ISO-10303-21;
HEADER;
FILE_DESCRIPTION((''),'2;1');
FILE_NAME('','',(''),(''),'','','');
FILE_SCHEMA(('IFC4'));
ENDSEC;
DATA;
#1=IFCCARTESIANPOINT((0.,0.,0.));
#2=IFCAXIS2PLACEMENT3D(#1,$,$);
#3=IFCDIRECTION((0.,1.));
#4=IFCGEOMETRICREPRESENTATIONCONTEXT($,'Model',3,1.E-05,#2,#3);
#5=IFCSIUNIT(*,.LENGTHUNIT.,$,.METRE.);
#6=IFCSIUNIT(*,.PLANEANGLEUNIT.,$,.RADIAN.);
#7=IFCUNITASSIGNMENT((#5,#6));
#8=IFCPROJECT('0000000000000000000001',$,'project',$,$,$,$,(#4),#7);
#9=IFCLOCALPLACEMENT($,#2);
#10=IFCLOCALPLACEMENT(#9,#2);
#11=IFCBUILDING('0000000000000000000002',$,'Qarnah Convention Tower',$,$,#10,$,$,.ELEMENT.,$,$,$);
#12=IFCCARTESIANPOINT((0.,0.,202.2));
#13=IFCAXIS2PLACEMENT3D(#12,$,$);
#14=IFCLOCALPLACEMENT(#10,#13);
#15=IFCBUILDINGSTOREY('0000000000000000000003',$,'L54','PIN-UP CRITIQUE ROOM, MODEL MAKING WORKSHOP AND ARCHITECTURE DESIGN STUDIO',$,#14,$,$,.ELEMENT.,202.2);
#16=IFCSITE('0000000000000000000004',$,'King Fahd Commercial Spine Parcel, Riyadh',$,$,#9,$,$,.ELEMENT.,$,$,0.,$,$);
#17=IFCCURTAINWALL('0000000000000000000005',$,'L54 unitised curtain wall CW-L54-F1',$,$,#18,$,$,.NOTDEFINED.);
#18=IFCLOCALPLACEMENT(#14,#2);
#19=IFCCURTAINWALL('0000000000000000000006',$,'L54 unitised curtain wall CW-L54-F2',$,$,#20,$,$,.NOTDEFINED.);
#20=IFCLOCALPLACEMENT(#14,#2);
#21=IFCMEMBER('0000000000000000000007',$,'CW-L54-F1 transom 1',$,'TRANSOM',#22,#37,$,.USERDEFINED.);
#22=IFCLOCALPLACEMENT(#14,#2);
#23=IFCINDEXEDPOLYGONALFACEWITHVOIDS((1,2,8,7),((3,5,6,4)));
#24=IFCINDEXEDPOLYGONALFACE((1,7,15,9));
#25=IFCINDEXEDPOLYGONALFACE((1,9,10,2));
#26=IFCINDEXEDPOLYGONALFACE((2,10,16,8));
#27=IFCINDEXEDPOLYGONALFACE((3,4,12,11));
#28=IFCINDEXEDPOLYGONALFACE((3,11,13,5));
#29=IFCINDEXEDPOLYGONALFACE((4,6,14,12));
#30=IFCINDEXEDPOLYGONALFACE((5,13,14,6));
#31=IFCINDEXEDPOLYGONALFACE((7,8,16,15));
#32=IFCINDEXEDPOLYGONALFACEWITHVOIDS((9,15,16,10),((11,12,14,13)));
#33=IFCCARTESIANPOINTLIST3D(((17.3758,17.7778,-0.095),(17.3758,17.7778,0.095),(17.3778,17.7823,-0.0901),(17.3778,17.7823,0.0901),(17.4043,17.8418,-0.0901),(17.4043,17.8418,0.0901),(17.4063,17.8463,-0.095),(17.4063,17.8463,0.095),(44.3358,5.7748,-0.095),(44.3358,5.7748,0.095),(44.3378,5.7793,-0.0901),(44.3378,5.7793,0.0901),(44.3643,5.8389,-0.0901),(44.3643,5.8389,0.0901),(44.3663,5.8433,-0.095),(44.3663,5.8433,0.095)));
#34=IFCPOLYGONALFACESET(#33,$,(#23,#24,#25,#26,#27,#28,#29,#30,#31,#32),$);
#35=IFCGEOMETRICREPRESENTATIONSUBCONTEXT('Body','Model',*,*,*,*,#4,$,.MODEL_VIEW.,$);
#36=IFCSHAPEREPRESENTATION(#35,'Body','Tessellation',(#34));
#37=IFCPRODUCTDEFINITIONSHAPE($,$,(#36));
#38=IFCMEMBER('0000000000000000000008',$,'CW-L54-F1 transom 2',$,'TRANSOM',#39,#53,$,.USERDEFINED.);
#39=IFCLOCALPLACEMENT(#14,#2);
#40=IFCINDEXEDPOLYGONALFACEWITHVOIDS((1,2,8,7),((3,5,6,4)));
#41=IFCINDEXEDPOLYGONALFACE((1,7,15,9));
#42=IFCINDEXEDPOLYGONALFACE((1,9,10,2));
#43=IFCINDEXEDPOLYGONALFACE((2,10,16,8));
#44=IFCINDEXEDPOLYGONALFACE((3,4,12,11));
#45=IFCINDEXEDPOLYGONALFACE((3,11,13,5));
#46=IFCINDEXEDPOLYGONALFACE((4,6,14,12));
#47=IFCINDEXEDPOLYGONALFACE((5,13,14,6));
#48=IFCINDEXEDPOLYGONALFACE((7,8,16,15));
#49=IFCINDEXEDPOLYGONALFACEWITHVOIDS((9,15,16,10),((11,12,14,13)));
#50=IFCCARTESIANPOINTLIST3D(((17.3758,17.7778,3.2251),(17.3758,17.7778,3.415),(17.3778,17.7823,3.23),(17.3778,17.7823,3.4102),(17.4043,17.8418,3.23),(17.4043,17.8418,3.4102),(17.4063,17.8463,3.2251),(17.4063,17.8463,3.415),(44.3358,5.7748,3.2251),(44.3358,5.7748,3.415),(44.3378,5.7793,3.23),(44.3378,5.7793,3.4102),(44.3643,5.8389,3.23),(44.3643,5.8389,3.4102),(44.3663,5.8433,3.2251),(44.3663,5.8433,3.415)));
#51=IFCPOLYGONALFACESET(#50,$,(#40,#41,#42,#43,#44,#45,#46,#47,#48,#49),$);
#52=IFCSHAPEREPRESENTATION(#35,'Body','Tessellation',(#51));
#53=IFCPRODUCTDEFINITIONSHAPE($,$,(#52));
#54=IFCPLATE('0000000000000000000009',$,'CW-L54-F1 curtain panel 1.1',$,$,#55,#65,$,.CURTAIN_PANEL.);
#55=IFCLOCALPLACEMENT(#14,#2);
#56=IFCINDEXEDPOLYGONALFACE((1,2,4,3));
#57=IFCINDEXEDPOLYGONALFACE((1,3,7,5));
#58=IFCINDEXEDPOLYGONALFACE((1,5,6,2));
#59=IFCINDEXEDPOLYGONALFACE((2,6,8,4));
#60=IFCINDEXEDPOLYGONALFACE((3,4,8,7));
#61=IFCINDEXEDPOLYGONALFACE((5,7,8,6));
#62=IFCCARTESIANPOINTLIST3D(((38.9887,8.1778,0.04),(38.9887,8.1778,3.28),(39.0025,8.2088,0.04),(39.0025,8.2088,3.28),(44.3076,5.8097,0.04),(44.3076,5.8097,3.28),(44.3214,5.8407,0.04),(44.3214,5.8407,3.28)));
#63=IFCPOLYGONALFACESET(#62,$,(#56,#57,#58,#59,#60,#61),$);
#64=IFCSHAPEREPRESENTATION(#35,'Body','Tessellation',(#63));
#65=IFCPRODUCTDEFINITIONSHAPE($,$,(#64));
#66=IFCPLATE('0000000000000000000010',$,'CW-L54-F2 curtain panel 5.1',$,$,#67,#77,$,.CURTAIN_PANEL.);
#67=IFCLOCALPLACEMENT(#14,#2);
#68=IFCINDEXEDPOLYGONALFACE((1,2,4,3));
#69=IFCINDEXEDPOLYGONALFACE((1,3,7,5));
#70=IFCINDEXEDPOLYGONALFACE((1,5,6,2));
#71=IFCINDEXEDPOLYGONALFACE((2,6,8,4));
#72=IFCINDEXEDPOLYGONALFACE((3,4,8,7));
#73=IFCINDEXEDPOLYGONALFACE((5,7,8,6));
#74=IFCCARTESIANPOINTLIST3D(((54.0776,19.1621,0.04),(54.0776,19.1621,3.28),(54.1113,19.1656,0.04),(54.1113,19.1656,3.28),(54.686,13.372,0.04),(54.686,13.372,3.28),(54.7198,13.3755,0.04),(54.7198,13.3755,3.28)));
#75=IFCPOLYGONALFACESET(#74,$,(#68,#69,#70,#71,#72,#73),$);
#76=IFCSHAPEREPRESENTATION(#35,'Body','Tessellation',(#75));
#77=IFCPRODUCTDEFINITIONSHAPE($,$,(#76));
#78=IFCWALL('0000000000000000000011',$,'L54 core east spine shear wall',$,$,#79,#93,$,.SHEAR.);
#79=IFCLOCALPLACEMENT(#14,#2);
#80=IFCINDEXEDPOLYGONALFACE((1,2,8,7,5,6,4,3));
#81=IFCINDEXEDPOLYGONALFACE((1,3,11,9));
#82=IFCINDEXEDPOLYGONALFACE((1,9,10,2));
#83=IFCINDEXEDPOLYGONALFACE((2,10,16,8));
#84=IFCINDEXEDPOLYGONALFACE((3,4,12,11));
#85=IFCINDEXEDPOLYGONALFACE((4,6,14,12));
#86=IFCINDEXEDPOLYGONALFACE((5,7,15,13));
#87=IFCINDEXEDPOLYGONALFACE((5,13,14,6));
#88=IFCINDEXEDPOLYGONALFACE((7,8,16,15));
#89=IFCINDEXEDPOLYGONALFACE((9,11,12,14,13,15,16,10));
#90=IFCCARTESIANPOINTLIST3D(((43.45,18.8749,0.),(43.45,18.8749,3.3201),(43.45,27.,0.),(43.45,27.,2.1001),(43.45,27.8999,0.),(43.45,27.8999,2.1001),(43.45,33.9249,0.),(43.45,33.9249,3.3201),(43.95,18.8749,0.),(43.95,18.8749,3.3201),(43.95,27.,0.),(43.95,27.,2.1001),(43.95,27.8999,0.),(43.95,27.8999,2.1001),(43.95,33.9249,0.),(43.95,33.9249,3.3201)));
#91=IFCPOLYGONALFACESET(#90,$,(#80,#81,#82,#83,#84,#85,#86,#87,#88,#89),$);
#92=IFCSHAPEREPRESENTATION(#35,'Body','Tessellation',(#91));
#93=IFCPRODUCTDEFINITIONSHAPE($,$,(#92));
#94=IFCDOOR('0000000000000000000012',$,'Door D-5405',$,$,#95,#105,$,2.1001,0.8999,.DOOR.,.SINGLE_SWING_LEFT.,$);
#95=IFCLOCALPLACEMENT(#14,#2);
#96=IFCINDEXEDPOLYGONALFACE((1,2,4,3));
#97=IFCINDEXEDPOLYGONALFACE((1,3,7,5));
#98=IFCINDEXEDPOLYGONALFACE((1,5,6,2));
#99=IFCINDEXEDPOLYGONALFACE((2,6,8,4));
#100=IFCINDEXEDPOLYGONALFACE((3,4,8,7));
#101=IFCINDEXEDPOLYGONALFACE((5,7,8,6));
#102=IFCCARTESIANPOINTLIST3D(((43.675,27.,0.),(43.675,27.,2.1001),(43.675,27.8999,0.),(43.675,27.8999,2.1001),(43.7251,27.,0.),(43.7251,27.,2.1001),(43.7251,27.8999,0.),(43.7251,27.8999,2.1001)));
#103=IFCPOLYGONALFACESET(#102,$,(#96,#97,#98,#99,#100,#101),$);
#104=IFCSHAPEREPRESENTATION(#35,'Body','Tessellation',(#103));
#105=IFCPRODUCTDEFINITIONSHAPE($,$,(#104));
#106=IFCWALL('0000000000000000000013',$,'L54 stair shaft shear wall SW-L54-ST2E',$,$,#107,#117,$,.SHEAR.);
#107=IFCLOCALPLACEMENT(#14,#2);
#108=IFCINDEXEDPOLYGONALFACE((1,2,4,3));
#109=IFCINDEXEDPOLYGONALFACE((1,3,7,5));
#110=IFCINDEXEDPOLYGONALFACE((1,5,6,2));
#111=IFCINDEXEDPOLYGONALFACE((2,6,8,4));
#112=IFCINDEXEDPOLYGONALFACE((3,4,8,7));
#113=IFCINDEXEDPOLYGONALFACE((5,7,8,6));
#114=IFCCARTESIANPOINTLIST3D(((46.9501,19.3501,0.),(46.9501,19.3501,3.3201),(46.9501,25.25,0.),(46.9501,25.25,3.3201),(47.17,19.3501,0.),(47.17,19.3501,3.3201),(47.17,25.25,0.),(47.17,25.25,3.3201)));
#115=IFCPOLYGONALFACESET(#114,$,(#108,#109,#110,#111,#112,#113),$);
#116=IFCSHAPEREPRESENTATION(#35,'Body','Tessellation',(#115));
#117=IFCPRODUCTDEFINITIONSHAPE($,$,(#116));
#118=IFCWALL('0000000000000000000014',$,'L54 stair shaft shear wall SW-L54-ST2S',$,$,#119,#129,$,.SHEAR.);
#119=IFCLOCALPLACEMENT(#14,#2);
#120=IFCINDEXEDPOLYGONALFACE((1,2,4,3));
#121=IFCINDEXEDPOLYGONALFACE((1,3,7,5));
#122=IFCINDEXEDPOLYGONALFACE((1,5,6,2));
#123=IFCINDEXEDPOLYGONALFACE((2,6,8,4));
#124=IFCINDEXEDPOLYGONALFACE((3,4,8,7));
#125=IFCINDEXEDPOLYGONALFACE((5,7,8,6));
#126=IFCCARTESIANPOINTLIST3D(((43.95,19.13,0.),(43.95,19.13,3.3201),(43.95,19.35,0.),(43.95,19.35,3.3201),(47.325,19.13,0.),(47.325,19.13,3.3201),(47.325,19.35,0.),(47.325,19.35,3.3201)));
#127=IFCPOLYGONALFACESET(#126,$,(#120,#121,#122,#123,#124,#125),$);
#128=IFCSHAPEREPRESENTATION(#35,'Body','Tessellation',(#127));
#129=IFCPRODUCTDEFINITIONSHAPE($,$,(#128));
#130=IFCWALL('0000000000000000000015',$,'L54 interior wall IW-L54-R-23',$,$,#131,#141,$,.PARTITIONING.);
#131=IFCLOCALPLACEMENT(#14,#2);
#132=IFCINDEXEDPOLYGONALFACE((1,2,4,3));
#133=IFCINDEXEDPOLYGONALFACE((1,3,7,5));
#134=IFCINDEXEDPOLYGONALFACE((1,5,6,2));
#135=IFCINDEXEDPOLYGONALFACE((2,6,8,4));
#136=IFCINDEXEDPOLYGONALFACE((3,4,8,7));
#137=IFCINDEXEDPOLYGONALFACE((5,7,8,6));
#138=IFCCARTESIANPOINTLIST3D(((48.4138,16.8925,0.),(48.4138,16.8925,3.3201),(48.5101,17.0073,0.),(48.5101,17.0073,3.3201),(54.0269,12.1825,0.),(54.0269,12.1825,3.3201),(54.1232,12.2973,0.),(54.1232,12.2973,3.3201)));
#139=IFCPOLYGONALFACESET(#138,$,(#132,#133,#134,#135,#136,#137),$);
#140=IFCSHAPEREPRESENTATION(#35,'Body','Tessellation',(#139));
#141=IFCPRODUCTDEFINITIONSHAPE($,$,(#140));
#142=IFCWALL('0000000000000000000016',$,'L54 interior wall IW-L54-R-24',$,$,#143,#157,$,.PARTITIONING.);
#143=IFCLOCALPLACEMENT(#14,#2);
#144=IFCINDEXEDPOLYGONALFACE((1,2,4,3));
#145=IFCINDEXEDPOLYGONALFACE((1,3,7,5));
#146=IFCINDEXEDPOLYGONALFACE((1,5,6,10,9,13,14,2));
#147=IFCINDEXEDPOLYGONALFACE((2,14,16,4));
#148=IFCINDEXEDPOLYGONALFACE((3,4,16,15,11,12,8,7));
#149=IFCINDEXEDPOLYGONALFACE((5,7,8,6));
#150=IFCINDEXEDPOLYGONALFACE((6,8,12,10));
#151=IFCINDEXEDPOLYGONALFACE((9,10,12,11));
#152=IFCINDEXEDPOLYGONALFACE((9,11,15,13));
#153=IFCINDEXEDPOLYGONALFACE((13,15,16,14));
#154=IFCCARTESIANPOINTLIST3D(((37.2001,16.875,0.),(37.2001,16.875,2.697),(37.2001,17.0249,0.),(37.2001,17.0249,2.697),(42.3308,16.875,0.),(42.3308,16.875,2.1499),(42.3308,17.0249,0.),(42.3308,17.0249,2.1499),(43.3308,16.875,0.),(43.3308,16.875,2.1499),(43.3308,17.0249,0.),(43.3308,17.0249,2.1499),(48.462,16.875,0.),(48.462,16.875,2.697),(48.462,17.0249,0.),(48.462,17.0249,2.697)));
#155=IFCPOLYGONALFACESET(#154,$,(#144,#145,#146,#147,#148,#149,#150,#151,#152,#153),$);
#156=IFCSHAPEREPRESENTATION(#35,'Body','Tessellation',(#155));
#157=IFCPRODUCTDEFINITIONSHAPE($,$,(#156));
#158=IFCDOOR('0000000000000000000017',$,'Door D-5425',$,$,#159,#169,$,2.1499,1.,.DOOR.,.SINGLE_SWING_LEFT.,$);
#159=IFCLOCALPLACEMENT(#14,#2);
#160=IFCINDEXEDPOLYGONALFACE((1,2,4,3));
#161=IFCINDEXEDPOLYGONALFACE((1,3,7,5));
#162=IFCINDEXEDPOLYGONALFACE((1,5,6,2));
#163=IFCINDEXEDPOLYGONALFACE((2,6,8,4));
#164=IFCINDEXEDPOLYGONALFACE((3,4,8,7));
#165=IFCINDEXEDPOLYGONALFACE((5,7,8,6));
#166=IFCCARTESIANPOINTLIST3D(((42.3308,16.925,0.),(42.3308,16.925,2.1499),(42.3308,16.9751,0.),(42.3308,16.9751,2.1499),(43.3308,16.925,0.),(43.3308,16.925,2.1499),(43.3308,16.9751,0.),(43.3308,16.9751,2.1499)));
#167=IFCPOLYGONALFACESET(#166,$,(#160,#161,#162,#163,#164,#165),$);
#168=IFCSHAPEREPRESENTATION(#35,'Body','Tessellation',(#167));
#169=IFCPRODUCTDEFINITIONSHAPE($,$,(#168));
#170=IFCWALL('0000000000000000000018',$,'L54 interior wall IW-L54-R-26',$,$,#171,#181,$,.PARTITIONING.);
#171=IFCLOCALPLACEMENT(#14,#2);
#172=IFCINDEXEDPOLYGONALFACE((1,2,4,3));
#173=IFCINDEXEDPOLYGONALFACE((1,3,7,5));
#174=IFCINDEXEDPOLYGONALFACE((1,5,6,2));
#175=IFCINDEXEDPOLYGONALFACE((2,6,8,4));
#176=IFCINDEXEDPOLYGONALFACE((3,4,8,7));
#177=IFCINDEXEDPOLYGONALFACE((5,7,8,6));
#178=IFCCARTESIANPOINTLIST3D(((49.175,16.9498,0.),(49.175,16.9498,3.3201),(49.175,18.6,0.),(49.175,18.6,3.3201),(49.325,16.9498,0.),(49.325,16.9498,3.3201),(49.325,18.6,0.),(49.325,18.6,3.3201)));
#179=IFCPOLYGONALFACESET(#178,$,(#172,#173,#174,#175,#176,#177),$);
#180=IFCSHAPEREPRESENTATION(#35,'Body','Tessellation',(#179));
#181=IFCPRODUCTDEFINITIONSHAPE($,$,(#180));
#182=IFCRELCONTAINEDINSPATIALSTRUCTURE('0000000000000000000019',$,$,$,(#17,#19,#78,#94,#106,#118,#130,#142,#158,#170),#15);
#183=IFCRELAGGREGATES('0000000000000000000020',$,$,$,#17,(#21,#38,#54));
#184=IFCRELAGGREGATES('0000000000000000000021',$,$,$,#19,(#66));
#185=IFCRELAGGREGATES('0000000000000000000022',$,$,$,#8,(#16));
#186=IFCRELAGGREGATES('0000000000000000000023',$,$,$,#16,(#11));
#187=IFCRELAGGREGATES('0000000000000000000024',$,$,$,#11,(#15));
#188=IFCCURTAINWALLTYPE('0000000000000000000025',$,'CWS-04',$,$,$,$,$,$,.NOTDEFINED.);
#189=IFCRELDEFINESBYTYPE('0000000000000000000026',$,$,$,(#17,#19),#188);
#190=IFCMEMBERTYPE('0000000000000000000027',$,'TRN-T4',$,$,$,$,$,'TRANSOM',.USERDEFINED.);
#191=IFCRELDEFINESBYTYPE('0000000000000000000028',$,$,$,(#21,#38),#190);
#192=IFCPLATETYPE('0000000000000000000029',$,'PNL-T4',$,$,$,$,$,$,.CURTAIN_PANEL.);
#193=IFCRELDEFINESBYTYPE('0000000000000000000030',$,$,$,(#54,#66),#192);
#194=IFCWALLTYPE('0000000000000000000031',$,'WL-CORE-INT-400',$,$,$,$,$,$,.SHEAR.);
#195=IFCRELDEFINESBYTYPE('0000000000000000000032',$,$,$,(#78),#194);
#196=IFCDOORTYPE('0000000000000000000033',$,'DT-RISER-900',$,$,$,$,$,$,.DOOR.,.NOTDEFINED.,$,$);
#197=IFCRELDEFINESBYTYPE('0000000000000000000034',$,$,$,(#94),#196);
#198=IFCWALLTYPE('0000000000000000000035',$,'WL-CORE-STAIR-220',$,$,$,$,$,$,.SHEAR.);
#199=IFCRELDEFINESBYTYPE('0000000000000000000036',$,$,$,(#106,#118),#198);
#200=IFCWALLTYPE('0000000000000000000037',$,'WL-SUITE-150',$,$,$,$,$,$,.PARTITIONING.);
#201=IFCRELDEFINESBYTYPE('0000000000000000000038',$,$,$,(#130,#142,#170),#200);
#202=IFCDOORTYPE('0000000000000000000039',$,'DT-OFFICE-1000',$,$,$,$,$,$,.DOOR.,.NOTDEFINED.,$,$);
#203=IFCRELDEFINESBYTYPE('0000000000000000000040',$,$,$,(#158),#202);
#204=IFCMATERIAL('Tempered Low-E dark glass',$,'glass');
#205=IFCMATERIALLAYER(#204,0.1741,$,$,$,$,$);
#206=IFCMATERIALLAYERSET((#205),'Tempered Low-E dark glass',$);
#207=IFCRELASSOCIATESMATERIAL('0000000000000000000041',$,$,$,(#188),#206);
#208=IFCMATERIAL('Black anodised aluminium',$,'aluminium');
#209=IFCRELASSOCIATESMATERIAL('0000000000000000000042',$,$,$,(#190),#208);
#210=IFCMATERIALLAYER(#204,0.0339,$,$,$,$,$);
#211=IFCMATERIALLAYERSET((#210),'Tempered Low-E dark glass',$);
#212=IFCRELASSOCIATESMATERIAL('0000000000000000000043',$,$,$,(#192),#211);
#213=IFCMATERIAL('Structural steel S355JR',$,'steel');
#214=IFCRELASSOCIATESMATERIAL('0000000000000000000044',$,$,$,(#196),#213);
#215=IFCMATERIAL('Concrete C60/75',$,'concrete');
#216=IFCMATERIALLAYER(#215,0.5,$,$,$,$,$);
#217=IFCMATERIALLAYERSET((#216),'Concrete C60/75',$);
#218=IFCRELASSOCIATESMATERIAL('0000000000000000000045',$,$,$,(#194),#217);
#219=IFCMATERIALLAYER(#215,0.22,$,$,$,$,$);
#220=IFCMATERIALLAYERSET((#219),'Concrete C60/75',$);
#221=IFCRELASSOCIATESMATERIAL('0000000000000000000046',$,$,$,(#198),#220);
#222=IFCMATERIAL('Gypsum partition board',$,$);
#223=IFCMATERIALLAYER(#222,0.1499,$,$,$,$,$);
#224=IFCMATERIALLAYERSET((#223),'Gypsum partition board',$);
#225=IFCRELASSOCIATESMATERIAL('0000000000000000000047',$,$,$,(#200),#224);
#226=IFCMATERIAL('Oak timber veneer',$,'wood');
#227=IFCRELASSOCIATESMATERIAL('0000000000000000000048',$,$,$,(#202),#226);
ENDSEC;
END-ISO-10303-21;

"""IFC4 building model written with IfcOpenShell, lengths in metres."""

from ifc_helpers import new_model, si_unit, direction, frame, frame_2d, origin, origin_2d, place, context, subcontext, project, spatial, rectangle, hollow_rectangle, extrude, material, layer, layer_set, material_profile, profile_set, type_object, element, fill, aggregate, save


model = new_model("IFC4")

# Units and contexts
model_context = context("Model", 3, precision=1e-05, world=origin(), true_north=direction((0.0, 1.0)))
body_context = subcontext(model_context, "Body", "Model", "MODEL_VIEW")
ifc_project = project(units=[si_unit("LENGTHUNIT", "METRE"), si_unit("PLANEANGLEUNIT", "RADIAN")], contexts=[model_context])

# Site, building, storey
site_placement = place(None, origin())
site = spatial("IfcSite", under=ifc_project, at=site_placement, Name="King Fahd Commercial Spine Parcel, Riyadh", CompositionType="ELEMENT", RefElevation=0.0)
building_placement = place(site_placement, origin())
building = spatial("IfcBuilding", under=site, at=building_placement, Name="Qarnah Convention Tower", CompositionType="ELEMENT")
storey_placement = place(building_placement, frame((0.0, 0.0, 202.2)))
storey = spatial("IfcBuildingStorey", under=building, at=storey_placement, Name="L54", Description="PIN-UP CRITIQUE ROOM, MODEL MAKING WORKSHOP AND ARCHITECTURE DESIGN STUDIO", CompositionType="ELEMENT", Elevation=202.2)

# Shared definitions
ifc_material_1 = material(Name="Structural steel S355JR", Category="steel")

# Curtain walls
ifc_material_2 = material(Name="Tempered Low-E dark glass", Category="glass")
ifc_layer_1 = layer(ifc_material_2, 0.1741)
ifc_layer_set_1 = layer_set([ifc_layer_1], Name="Tempered Low-E dark glass")
curtain_wall_type = type_object("IfcCurtainWallType", Name="CWS-04", PredefinedType="NOTDEFINED", material=ifc_layer_set_1)
curtain_wall_1_placement = place(storey_placement, origin())
curtain_wall_1 = element("IfcCurtainWall", 1, at=curtain_wall_1_placement, inside=storey, type_object=curtain_wall_type, Name="L54 unitised curtain wall CW-L54-F1", PredefinedType="NOTDEFINED")
ifc_material_3 = material(Name="Black anodised aluminium", Category="aluminium")
curtain_wall_2_placement = place(storey_placement, origin())
curtain_wall_2 = element("IfcCurtainWall", 2, at=curtain_wall_2_placement, inside=storey, type_object=curtain_wall_type, Name="L54 unitised curtain wall CW-L54-F2", PredefinedType="NOTDEFINED")

# Members
ifc_material_profile_1 = material_profile(ifc_material_3, hollow_rectangle(XDim=0.075, YDim=0.1899, WallThickness=0.0049, at=origin_2d()), Name="TRN-75X190")
ifc_profile_set_1 = profile_set([ifc_material_profile_1], Name="Black anodised aluminium")
member_type_1 = type_object("IfcMemberType", Name="TRN-T4", ElementType="TRANSOM", PredefinedType="USERDEFINED", material=ifc_profile_set_1)
member_1_placement = place(storey_placement, frame((44.3511, 5.8091, 0.0), z_axis=(-0.913551, 0.406725, 0.0), x_axis=(-0.406725, -0.913551, 0.0)))
member_1 = element("IfcMember", 3, at=member_1_placement, type_object=member_type_1, Name="CW-L54-F1 transom 1", ObjectType="TRANSOM", PredefinedType="USERDEFINED", context=body_context, shape_type="SweptSolid", body=[
    extrude(hollow_rectangle(XDim=0.075, YDim=0.1899, WallThickness=0.0049, at=origin_2d()), origin(), (0.0, 0.0, 1.0), 29.5112),
])
member_2_placement = place(storey_placement, frame((44.3511, 5.8091, 3.3201), z_axis=(-0.913551, 0.406725, 0.0), x_axis=(-0.406725, -0.913551, 0.0)))
member_2 = element("IfcMember", 4, at=member_2_placement, type_object=member_type_1, Name="CW-L54-F1 transom 2", ObjectType="TRANSOM", PredefinedType="USERDEFINED", context=body_context, shape_type="SweptSolid", body=[
    extrude(hollow_rectangle(XDim=0.075, YDim=0.1899, WallThickness=0.0049, at=origin_2d()), origin(), (0.0, 0.0, 1.0), 29.5112),
])

# Plates
ifc_layer_2 = layer(ifc_material_2, 0.0339)
ifc_layer_set_2 = layer_set([ifc_layer_2], Name="Tempered Low-E dark glass")
plate_type = type_object("IfcPlateType", Name="PNL-T4", PredefinedType="CURTAIN_PANEL", material=ifc_layer_set_2)
plate_1_placement = place(storey_placement, frame((41.655, 7.0093, 0.04), z_axis=(0.0, 0.0, 1.0), x_axis=(-0.91355, 0.406726, 0.0)))
plate_1 = element("IfcPlate", 5, at=plate_1_placement, type_object=plate_type, Name="CW-L54-F1 curtain panel 1.1", PredefinedType="CURTAIN_PANEL", context=body_context, shape_type="SweptSolid", body=[
    extrude(rectangle(XDim=5.8223, YDim=0.0339, at=origin_2d()), origin(), (0.0, 0.0, 1.0), 3.24),
])
aggregate(curtain_wall_1, [member_1, member_2, plate_1])
plate_2_placement = place(storey_placement, frame((54.3987, 16.2688, 0.04), z_axis=(0.0, 0.0, 1.0), x_axis=(0.104505, -0.994524, 0.0)))
plate_2 = element("IfcPlate", 6, at=plate_2_placement, type_object=plate_type, Name="CW-L54-F2 curtain panel 5.1", PredefinedType="CURTAIN_PANEL", context=body_context, shape_type="SweptSolid", body=[
    extrude(rectangle(XDim=5.822, YDim=0.0339, at=origin_2d()), origin(), (0.0, 0.0, 1.0), 3.24),
])
aggregate(curtain_wall_2, [plate_2])

# Shared definitions
ifc_material_4 = material(Name="Concrete C60/75", Category="concrete")
door_type_1 = type_object("IfcDoorType", Name="DT-RISER-900", OperationType="NOTDEFINED", PredefinedType="DOOR", material=ifc_material_1)

# Wall, opening, door
ifc_layer_3 = layer(ifc_material_4, 0.5)
ifc_layer_set_3 = layer_set([ifc_layer_3], Name="Concrete C60/75")
wall_type_1 = type_object("IfcWallType", Name="WL-CORE-INT-400", PredefinedType="SHEAR", material=ifc_layer_set_3)
wall_1_placement = place(storey_placement, frame((43.7, 18.875, 0.0), z_axis=(0.0, 0.0, 1.0), x_axis=(0.0, 1.0, 0.0)))
wall_1 = element("IfcWall", 7, at=wall_1_placement, inside=storey, type_object=wall_type_1, Name="L54 core east spine shear wall", PredefinedType="SHEAR", context=body_context, shape_type="SweptSolid", body=[
    extrude(rectangle(XDim=15.05, YDim=0.5, at=frame_2d((7.5249, 0.0))), origin(), (0.0, 0.0, 1.0), 3.3201),
])
opening_1_placement = place(wall_1_placement, frame((8.125, 0.0, 0.0)))
opening_1 = element("IfcOpeningElement", 8, at=opening_1_placement, cuts=wall_1, PredefinedType="OPENING", context=body_context, shape_type="SweptSolid", body=[
    extrude(rectangle(XDim=0.8999, YDim=2.1001, at=frame_2d((0.45, 1.05))), frame((0.0, 0.26, 0.0), z_axis=(0.0, -1.0, 0.0), x_axis=(1.0, 0.0, 0.0)), (0.0, 0.0, 1.0), 0.52),
])
door_1_placement = place(opening_1_placement, origin())
door_1 = element("IfcDoor", 9, at=door_1_placement, inside=storey, type_object=door_type_1, Name="Door D-5405", OperationType="SINGLE_SWING_LEFT", OverallHeight=2.1001, OverallWidth=0.8999, PredefinedType="DOOR", context=body_context, shape_type="SweptSolid", body=[
    extrude(rectangle(XDim=0.8999, YDim=2.1001, at=frame_2d((0.45, 1.05))), frame((0.0, 0.0249, 0.0), z_axis=(0.0, -1.0, 0.0), x_axis=(1.0, 0.0, 0.0)), (0.0, 0.0, 1.0), 0.05),
])
fill(opening_1, door_1)

# Walls
ifc_layer_4 = layer(ifc_material_4, 0.22)
ifc_layer_set_4 = layer_set([ifc_layer_4], Name="Concrete C60/75")
wall_type_2 = type_object("IfcWallType", Name="WL-CORE-STAIR-220", PredefinedType="SHEAR", material=ifc_layer_set_4)
wall_2_placement = place(storey_placement, frame((47.0601, 19.3501, 0.0), z_axis=(0.0, 0.0, 1.0), x_axis=(0.0, 1.0, 0.0)))
element("IfcWall", 10, at=wall_2_placement, inside=storey, type_object=wall_type_2, Name="L54 stair shaft shear wall SW-L54-ST2E", PredefinedType="SHEAR", context=body_context, shape_type="SweptSolid", body=[
    extrude(rectangle(XDim=5.8999, YDim=0.22, at=frame_2d((2.95, 0.0))), origin(), (0.0, 0.0, 1.0), 3.3201),
])
wall_3_placement = place(storey_placement, frame((43.95, 19.24, 0.0), z_axis=(0.0, 0.0, 1.0), x_axis=(1.0, 0.0, 0.0)))
element("IfcWall", 11, at=wall_3_placement, inside=storey, type_object=wall_type_2, Name="L54 stair shaft shear wall SW-L54-ST2S", PredefinedType="SHEAR", context=body_context, shape_type="SweptSolid", body=[
    extrude(rectangle(XDim=3.375, YDim=0.22, at=frame_2d((1.6875, 0.0))), origin(), (0.0, 0.0, 1.0), 3.3201),
])

# Wall
ifc_material_5 = material(Name="Gypsum partition board")
ifc_layer_5 = layer(ifc_material_5, 0.1499)
ifc_layer_set_5 = layer_set([ifc_layer_5], Name="Gypsum partition board")
wall_type_3 = type_object("IfcWallType", Name="WL-SUITE-150", PredefinedType="PARTITIONING", material=ifc_layer_set_5)
wall_4_placement = place(storey_placement, frame((54.075, 12.24, 0.0), z_axis=(0.0, 0.0, 1.0), x_axis=(-0.76604, 0.642793, 0.0)))
element("IfcWall", 12, at=wall_4_placement, inside=storey, type_object=wall_type_3, Name="L54 interior wall IW-L54-R-23", PredefinedType="PARTITIONING", context=body_context, shape_type="SweptSolid", body=[
    extrude(rectangle(XDim=7.3274, YDim=0.1499, at=frame_2d((3.6636, 0.0))), origin(), (0.0, 0.0, 1.0), 3.3201),
])

# Wall, opening, door
wall_5_placement = place(storey_placement, frame((48.4619, 16.95, 0.0), z_axis=(0.0, 0.0, 1.0), x_axis=(-1.0, 0.0, 0.0)))
wall_5 = element("IfcWall", 13, at=wall_5_placement, inside=storey, type_object=wall_type_3, Name="L54 interior wall IW-L54-R-24", PredefinedType="PARTITIONING", context=body_context, shape_type="SweptSolid", body=[
    extrude(rectangle(XDim=11.262, YDim=0.1499, at=frame_2d((5.6309, 0.0))), origin(), (0.0, 0.0, 1.0), 2.697),
])
opening_2_placement = place(wall_5_placement, frame((5.1311, 0.0, 0.0)))
opening_2 = element("IfcOpeningElement", 14, at=opening_2_placement, cuts=wall_5, PredefinedType="OPENING", context=body_context, shape_type="SweptSolid", body=[
    extrude(rectangle(XDim=1.0, YDim=2.1499, at=frame_2d((0.5, 1.075))), frame((0.0, 0.085, 0.0), z_axis=(0.0, -1.0, 0.0), x_axis=(1.0, 0.0, 0.0)), (0.0, 0.0, 1.0), 0.1699),
])
ifc_material_6 = material(Name="Oak timber veneer", Category="wood")
door_type_2 = type_object("IfcDoorType", Name="DT-OFFICE-1000", OperationType="NOTDEFINED", PredefinedType="DOOR", material=ifc_material_6)
door_2_placement = place(opening_2_placement, origin())
door_2 = element("IfcDoor", 15, at=door_2_placement, inside=storey, type_object=door_type_2, Name="Door D-5425", OperationType="SINGLE_SWING_LEFT", OverallHeight=2.1499, OverallWidth=1.0, PredefinedType="DOOR", context=body_context, shape_type="SweptSolid", body=[
    extrude(rectangle(XDim=1.0, YDim=2.1499, at=frame_2d((0.5, 1.075))), frame((0.0, 0.0249, 0.0), z_axis=(0.0, -1.0, 0.0), x_axis=(1.0, 0.0, 0.0)), (0.0, 0.0, 1.0), 0.05),
])
fill(opening_2, door_2)

# Wall
wall_6_placement = place(storey_placement, frame((49.25, 18.6001, 0.0), z_axis=(0.0, 0.0, 1.0), x_axis=(0.0, -1.0, 0.0)))
element("IfcWall", 16, at=wall_6_placement, inside=storey, type_object=wall_type_3, Name="L54 interior wall IW-L54-R-26", PredefinedType="PARTITIONING", context=body_context, shape_type="SweptSolid", body=[
    extrude(rectangle(XDim=1.6501, YDim=0.1499, at=frame_2d((0.8252, 0.0))), origin(), (0.0, 0.0, 1.0), 3.3201),
])

save(model, "model.ifc")
